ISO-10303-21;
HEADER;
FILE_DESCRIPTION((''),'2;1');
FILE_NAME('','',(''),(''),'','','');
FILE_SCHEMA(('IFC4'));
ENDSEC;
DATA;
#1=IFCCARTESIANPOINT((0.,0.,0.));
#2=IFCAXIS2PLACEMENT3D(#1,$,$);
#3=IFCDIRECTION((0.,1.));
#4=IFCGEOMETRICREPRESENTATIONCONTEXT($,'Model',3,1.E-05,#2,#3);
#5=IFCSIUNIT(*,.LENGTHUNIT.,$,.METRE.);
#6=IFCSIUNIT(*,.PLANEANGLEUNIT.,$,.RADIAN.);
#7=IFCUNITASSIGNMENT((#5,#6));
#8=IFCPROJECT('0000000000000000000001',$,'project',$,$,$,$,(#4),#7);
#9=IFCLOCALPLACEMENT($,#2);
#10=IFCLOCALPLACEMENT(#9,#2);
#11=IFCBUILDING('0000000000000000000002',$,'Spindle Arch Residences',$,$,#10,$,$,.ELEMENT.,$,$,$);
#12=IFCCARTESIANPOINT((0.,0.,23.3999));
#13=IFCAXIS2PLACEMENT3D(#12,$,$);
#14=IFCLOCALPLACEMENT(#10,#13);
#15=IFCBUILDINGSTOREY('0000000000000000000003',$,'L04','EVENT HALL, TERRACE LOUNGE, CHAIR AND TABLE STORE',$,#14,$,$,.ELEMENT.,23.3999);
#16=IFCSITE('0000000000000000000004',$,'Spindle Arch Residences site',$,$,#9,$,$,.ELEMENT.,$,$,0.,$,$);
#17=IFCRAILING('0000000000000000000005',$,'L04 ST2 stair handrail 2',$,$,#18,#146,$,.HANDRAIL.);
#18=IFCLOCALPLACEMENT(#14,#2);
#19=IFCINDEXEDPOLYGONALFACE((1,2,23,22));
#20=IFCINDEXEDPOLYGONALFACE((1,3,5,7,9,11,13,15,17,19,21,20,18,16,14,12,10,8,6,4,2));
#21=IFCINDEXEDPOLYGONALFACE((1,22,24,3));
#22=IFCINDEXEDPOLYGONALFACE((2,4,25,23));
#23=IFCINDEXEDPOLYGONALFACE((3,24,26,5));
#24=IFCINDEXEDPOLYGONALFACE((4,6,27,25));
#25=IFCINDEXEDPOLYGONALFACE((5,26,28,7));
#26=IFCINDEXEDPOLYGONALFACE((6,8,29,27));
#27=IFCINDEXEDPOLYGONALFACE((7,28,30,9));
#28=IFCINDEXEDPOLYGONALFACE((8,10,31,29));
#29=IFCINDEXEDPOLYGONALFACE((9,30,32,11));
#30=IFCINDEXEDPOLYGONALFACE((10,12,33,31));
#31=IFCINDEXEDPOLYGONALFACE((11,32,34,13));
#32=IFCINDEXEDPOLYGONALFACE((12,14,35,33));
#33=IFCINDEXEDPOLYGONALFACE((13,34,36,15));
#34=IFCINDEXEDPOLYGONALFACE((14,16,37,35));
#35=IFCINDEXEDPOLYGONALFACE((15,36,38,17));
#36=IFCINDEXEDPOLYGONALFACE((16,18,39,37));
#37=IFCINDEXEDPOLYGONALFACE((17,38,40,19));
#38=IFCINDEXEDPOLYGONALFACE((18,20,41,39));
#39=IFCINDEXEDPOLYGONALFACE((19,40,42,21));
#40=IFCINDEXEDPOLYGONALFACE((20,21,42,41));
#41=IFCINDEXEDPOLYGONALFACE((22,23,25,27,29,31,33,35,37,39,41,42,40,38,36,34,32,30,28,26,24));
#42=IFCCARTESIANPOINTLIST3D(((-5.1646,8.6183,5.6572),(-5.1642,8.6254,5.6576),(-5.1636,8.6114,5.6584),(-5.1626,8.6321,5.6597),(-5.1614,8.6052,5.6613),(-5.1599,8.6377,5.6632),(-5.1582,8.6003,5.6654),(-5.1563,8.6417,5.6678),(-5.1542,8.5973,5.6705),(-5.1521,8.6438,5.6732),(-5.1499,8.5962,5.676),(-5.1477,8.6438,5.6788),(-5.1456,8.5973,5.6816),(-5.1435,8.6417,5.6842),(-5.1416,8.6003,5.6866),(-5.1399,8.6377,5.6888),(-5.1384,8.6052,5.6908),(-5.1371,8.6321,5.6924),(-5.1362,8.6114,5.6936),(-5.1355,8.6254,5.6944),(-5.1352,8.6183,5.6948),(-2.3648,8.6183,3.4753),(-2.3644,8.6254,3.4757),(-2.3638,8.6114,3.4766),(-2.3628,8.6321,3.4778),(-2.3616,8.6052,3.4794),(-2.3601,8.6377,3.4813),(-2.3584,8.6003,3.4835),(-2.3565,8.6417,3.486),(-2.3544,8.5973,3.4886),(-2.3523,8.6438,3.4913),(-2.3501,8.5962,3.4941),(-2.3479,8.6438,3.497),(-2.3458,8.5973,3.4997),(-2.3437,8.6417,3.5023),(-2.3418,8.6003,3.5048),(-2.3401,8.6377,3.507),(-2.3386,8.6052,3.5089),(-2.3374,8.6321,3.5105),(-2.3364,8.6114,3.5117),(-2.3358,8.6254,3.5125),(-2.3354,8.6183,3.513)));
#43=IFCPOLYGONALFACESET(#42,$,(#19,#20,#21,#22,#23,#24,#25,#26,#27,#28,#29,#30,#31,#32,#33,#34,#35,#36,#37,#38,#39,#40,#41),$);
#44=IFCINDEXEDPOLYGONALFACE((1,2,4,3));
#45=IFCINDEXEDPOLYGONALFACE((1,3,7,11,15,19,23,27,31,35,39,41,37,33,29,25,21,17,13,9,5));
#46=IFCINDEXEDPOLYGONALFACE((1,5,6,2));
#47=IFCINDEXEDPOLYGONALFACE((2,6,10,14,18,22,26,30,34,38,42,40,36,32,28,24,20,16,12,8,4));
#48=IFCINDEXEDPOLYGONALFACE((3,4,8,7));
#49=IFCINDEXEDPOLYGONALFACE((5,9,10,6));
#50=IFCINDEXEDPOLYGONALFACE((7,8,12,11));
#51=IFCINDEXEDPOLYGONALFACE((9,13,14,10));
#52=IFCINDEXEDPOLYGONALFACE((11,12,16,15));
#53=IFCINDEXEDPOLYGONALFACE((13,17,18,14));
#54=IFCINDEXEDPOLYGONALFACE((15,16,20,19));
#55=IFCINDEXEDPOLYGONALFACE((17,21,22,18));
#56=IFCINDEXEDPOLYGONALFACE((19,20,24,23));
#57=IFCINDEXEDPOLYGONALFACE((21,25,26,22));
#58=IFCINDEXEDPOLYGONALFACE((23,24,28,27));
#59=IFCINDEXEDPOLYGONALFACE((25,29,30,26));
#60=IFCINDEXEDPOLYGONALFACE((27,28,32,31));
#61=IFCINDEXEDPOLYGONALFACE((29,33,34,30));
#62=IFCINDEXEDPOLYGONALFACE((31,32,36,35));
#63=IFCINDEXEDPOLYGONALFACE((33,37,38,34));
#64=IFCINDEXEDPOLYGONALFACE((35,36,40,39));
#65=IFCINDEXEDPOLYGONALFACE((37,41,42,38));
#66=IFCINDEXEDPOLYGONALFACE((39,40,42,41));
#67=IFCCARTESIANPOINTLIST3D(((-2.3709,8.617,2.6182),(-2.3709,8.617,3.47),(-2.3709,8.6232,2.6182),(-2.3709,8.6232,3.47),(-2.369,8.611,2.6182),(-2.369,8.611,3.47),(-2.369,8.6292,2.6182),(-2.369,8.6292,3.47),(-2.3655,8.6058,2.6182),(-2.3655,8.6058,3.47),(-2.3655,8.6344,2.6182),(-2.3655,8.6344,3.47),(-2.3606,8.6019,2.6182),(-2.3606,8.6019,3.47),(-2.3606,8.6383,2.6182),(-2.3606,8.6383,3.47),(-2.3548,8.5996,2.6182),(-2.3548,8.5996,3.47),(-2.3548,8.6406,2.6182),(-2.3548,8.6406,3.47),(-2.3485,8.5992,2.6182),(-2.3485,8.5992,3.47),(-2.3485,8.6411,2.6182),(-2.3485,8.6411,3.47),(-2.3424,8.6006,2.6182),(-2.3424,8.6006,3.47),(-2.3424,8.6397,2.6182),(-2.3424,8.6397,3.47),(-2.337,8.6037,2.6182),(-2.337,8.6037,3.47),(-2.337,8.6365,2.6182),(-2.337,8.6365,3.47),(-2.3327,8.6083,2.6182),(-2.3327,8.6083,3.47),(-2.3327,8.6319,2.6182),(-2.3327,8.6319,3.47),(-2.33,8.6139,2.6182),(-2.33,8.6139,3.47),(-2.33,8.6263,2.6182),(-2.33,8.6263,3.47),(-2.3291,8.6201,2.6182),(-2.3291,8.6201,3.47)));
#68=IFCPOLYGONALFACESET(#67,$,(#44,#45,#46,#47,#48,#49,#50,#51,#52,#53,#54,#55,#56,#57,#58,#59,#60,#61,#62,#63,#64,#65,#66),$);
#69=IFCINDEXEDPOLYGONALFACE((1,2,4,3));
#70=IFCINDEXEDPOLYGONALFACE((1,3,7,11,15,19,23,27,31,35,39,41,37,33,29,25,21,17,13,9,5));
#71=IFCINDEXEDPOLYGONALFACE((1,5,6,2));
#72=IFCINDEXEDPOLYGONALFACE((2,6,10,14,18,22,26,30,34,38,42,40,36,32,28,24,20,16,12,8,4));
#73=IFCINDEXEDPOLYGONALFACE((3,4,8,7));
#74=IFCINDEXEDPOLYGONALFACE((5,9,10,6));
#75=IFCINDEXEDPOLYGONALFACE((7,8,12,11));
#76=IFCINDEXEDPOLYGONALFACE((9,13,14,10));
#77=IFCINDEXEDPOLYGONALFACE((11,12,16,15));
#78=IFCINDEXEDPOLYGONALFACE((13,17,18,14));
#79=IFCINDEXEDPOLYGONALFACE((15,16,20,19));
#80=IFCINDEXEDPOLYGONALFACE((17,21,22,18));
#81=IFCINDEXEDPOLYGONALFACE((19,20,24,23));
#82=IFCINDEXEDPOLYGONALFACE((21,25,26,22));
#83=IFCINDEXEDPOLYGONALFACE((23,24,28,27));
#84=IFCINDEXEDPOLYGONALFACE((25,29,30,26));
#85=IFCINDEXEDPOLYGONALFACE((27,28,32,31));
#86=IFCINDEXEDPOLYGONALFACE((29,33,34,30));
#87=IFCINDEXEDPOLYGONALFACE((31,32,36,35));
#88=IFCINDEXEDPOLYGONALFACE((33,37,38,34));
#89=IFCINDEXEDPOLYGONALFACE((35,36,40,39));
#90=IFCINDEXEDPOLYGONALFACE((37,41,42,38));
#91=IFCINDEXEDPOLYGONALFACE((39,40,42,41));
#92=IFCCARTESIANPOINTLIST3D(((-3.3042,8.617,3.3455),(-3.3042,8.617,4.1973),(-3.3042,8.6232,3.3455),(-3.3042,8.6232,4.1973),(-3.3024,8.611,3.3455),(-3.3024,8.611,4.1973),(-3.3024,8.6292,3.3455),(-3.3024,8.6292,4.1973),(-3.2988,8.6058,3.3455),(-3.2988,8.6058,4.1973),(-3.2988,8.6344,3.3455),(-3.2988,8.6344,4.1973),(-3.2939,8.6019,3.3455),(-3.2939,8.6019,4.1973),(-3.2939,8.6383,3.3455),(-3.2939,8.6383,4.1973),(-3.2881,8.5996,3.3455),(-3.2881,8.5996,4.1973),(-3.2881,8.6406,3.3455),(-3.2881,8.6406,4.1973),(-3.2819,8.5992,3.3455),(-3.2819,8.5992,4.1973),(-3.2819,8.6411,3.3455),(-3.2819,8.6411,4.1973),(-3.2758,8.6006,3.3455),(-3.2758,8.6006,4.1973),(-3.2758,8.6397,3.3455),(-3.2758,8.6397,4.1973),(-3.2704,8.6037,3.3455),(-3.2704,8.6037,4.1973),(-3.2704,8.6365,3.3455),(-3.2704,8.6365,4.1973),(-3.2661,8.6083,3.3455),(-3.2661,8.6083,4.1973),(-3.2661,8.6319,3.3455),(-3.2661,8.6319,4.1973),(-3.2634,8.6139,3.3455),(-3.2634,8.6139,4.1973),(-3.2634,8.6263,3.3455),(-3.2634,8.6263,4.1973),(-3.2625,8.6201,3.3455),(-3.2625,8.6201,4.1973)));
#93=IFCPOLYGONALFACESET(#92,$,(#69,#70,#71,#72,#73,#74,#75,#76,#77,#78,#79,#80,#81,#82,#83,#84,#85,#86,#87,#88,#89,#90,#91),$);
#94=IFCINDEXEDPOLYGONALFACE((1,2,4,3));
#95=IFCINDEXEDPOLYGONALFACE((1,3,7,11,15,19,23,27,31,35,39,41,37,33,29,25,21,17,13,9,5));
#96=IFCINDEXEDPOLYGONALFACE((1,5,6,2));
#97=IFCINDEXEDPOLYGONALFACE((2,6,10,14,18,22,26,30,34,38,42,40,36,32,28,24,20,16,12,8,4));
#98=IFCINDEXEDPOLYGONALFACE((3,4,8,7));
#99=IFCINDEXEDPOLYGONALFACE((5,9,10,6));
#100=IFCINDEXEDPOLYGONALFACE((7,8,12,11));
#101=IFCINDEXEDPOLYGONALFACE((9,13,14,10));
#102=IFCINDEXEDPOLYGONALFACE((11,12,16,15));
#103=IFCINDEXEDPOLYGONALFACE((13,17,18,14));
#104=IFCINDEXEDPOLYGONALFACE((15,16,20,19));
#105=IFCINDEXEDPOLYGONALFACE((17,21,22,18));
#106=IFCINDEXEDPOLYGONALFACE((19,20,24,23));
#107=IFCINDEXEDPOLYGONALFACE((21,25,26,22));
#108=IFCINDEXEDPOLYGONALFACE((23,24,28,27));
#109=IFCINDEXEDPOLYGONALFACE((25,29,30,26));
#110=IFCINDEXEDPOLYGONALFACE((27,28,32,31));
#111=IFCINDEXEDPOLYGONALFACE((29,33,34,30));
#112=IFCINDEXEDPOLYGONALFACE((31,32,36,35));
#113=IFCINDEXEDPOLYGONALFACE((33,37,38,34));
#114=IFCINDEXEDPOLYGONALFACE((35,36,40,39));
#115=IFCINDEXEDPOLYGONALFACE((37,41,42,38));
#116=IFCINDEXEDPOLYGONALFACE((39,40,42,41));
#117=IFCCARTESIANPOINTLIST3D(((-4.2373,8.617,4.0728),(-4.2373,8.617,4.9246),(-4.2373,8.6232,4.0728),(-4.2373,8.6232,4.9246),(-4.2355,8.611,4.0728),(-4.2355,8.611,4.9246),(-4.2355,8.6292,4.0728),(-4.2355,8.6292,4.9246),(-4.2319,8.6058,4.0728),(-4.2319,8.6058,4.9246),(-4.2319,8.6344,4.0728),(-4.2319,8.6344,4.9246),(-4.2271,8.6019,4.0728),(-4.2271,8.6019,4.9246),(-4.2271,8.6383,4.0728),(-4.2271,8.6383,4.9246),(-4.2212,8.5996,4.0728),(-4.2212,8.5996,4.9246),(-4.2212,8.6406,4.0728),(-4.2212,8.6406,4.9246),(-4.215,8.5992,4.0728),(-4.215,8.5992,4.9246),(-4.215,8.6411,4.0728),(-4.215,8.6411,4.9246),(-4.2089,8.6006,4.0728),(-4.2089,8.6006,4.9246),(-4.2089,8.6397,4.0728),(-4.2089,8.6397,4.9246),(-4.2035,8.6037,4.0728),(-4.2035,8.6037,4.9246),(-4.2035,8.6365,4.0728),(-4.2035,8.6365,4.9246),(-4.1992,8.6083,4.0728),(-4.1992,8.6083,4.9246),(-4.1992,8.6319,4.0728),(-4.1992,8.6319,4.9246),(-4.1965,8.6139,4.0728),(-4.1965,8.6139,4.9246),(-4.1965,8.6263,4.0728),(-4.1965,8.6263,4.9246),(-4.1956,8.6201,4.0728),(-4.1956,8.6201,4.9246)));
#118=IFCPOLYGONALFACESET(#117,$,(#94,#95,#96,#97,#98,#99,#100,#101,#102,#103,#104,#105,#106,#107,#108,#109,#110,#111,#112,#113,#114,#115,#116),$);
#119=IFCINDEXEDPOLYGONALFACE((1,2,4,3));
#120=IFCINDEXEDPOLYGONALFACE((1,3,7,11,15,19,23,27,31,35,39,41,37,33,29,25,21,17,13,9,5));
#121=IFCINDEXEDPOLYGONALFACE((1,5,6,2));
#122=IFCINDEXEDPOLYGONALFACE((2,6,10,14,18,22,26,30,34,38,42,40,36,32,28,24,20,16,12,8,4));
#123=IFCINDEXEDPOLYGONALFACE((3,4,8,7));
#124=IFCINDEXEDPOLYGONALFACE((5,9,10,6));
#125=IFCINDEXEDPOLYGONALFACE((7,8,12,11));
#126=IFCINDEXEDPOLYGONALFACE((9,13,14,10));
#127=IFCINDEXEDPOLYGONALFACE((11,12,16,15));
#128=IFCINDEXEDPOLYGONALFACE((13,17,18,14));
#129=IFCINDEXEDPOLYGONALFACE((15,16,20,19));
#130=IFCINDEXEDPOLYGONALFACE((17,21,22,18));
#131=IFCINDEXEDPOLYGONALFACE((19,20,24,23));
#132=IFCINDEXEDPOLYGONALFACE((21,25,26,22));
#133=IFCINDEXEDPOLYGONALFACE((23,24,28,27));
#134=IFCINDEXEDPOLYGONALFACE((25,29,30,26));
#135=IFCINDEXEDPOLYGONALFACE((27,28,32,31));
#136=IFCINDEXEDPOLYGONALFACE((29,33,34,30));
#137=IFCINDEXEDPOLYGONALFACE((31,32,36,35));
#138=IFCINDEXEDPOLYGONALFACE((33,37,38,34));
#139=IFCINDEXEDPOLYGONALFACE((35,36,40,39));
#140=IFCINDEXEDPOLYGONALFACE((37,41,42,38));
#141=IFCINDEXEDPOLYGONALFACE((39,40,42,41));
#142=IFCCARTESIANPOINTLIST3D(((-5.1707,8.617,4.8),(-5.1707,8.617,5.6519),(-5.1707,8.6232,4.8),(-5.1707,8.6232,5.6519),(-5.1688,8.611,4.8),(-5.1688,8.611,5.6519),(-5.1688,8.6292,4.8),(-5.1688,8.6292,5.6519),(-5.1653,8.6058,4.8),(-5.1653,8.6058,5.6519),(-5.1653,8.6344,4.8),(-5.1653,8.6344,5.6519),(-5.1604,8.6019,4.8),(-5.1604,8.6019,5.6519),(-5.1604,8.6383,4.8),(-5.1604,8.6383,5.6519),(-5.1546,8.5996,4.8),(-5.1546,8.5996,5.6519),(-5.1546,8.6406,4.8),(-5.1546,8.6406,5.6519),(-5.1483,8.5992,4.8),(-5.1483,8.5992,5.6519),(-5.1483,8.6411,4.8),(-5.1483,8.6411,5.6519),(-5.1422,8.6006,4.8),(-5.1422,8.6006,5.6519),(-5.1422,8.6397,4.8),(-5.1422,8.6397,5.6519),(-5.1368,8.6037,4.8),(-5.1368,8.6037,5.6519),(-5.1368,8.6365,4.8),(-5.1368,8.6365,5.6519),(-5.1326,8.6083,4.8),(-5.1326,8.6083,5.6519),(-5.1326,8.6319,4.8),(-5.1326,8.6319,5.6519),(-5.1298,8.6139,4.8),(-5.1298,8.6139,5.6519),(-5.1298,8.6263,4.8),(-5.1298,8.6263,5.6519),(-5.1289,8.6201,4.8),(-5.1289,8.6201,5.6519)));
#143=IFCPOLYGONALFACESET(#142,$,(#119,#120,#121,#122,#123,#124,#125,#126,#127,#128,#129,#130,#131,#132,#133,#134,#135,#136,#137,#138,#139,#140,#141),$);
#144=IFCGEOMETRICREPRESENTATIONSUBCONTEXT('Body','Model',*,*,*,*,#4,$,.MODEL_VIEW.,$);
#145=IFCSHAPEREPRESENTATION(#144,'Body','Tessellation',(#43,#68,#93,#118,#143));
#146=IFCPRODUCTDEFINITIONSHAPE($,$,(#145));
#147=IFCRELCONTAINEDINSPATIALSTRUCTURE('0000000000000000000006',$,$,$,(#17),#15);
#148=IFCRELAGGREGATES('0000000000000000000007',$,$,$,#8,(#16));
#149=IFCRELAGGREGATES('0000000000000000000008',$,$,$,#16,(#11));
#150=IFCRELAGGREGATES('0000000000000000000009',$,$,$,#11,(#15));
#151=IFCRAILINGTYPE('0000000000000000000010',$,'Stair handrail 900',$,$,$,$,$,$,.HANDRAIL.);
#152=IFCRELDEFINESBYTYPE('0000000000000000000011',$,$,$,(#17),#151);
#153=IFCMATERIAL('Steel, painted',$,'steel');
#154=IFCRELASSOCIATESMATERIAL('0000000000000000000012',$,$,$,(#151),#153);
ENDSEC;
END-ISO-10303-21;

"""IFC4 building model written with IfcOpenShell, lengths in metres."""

from ifc_helpers import new_model, si_unit, direction, frame, origin, origin_2d, place, context, subcontext, project, spatial, circle, extrude, material, type_object, element, save


model = new_model("IFC4")

# Units and contexts
model_context = context("Model", 3, precision=1e-05, world=origin(), true_north=direction((0.0, 1.0)))
body_context = subcontext(model_context, "Body", "Model", "MODEL_VIEW")
ifc_project = project(units=[si_unit("LENGTHUNIT", "METRE"), si_unit("PLANEANGLEUNIT", "RADIAN")], contexts=[model_context])

# Site, building, storey
site_placement = place(None, origin())
site = spatial("IfcSite", under=ifc_project, at=site_placement, Name="Spindle Arch Residences site", CompositionType="ELEMENT", RefElevation=0.0)
building_placement = place(site_placement, origin())
building = spatial("IfcBuilding", under=site, at=building_placement, Name="Spindle Arch Residences", CompositionType="ELEMENT")
storey_placement = place(building_placement, frame((0.0, 0.0, 23.3999)))
storey = spatial("IfcBuildingStorey", under=building, at=storey_placement, Name="L04", Description="EVENT HALL, TERRACE LOUNGE, CHAIR AND TABLE STORE", CompositionType="ELEMENT", Elevation=23.3999)

# Railing
ifc_material_1 = material(Name="Steel, painted", Category="steel")
railing_type_1 = type_object("IfcRailingType", Name="Stair handrail 900", PredefinedType="HANDRAIL", material=ifc_material_1)
railing_1_placement = place(storey_placement, frame((-2.3501, 8.6201, 2.6182)))
element("IfcRailing", 1, at=railing_1_placement, inside=storey, type_object=railing_type_1, Name="L04 ST2 stair handrail 2", PredefinedType="HANDRAIL", context=body_context, shape_type="SweptSolid", body=[
    extrude(circle(Radius=0.0239, at=origin_2d()), frame((0.0, 0.0, 0.876), z_axis=(-0.78877, 0.0, 0.614688), x_axis=(0.0, -1.0, 0.0)), (0.0, 0.0, 1.0), 3.5496),
    extrude(circle(Radius=0.021, at=origin_2d()), origin(), (0.0, 0.0, 1.0), 0.8518),
    extrude(circle(Radius=0.021, at=origin_2d()), frame((-0.9333, 0.0, 0.7273)), (0.0, 0.0, 1.0), 0.8518),
    extrude(circle(Radius=0.021, at=origin_2d()), frame((-1.8665, 0.0, 1.4546)), (0.0, 0.0, 1.0), 0.8518),
    extrude(circle(Radius=0.021, at=origin_2d()), frame((-2.7998, 0.0, 2.1819)), (0.0, 0.0, 1.0), 0.8518),
])

save(model, "model.ifc")
